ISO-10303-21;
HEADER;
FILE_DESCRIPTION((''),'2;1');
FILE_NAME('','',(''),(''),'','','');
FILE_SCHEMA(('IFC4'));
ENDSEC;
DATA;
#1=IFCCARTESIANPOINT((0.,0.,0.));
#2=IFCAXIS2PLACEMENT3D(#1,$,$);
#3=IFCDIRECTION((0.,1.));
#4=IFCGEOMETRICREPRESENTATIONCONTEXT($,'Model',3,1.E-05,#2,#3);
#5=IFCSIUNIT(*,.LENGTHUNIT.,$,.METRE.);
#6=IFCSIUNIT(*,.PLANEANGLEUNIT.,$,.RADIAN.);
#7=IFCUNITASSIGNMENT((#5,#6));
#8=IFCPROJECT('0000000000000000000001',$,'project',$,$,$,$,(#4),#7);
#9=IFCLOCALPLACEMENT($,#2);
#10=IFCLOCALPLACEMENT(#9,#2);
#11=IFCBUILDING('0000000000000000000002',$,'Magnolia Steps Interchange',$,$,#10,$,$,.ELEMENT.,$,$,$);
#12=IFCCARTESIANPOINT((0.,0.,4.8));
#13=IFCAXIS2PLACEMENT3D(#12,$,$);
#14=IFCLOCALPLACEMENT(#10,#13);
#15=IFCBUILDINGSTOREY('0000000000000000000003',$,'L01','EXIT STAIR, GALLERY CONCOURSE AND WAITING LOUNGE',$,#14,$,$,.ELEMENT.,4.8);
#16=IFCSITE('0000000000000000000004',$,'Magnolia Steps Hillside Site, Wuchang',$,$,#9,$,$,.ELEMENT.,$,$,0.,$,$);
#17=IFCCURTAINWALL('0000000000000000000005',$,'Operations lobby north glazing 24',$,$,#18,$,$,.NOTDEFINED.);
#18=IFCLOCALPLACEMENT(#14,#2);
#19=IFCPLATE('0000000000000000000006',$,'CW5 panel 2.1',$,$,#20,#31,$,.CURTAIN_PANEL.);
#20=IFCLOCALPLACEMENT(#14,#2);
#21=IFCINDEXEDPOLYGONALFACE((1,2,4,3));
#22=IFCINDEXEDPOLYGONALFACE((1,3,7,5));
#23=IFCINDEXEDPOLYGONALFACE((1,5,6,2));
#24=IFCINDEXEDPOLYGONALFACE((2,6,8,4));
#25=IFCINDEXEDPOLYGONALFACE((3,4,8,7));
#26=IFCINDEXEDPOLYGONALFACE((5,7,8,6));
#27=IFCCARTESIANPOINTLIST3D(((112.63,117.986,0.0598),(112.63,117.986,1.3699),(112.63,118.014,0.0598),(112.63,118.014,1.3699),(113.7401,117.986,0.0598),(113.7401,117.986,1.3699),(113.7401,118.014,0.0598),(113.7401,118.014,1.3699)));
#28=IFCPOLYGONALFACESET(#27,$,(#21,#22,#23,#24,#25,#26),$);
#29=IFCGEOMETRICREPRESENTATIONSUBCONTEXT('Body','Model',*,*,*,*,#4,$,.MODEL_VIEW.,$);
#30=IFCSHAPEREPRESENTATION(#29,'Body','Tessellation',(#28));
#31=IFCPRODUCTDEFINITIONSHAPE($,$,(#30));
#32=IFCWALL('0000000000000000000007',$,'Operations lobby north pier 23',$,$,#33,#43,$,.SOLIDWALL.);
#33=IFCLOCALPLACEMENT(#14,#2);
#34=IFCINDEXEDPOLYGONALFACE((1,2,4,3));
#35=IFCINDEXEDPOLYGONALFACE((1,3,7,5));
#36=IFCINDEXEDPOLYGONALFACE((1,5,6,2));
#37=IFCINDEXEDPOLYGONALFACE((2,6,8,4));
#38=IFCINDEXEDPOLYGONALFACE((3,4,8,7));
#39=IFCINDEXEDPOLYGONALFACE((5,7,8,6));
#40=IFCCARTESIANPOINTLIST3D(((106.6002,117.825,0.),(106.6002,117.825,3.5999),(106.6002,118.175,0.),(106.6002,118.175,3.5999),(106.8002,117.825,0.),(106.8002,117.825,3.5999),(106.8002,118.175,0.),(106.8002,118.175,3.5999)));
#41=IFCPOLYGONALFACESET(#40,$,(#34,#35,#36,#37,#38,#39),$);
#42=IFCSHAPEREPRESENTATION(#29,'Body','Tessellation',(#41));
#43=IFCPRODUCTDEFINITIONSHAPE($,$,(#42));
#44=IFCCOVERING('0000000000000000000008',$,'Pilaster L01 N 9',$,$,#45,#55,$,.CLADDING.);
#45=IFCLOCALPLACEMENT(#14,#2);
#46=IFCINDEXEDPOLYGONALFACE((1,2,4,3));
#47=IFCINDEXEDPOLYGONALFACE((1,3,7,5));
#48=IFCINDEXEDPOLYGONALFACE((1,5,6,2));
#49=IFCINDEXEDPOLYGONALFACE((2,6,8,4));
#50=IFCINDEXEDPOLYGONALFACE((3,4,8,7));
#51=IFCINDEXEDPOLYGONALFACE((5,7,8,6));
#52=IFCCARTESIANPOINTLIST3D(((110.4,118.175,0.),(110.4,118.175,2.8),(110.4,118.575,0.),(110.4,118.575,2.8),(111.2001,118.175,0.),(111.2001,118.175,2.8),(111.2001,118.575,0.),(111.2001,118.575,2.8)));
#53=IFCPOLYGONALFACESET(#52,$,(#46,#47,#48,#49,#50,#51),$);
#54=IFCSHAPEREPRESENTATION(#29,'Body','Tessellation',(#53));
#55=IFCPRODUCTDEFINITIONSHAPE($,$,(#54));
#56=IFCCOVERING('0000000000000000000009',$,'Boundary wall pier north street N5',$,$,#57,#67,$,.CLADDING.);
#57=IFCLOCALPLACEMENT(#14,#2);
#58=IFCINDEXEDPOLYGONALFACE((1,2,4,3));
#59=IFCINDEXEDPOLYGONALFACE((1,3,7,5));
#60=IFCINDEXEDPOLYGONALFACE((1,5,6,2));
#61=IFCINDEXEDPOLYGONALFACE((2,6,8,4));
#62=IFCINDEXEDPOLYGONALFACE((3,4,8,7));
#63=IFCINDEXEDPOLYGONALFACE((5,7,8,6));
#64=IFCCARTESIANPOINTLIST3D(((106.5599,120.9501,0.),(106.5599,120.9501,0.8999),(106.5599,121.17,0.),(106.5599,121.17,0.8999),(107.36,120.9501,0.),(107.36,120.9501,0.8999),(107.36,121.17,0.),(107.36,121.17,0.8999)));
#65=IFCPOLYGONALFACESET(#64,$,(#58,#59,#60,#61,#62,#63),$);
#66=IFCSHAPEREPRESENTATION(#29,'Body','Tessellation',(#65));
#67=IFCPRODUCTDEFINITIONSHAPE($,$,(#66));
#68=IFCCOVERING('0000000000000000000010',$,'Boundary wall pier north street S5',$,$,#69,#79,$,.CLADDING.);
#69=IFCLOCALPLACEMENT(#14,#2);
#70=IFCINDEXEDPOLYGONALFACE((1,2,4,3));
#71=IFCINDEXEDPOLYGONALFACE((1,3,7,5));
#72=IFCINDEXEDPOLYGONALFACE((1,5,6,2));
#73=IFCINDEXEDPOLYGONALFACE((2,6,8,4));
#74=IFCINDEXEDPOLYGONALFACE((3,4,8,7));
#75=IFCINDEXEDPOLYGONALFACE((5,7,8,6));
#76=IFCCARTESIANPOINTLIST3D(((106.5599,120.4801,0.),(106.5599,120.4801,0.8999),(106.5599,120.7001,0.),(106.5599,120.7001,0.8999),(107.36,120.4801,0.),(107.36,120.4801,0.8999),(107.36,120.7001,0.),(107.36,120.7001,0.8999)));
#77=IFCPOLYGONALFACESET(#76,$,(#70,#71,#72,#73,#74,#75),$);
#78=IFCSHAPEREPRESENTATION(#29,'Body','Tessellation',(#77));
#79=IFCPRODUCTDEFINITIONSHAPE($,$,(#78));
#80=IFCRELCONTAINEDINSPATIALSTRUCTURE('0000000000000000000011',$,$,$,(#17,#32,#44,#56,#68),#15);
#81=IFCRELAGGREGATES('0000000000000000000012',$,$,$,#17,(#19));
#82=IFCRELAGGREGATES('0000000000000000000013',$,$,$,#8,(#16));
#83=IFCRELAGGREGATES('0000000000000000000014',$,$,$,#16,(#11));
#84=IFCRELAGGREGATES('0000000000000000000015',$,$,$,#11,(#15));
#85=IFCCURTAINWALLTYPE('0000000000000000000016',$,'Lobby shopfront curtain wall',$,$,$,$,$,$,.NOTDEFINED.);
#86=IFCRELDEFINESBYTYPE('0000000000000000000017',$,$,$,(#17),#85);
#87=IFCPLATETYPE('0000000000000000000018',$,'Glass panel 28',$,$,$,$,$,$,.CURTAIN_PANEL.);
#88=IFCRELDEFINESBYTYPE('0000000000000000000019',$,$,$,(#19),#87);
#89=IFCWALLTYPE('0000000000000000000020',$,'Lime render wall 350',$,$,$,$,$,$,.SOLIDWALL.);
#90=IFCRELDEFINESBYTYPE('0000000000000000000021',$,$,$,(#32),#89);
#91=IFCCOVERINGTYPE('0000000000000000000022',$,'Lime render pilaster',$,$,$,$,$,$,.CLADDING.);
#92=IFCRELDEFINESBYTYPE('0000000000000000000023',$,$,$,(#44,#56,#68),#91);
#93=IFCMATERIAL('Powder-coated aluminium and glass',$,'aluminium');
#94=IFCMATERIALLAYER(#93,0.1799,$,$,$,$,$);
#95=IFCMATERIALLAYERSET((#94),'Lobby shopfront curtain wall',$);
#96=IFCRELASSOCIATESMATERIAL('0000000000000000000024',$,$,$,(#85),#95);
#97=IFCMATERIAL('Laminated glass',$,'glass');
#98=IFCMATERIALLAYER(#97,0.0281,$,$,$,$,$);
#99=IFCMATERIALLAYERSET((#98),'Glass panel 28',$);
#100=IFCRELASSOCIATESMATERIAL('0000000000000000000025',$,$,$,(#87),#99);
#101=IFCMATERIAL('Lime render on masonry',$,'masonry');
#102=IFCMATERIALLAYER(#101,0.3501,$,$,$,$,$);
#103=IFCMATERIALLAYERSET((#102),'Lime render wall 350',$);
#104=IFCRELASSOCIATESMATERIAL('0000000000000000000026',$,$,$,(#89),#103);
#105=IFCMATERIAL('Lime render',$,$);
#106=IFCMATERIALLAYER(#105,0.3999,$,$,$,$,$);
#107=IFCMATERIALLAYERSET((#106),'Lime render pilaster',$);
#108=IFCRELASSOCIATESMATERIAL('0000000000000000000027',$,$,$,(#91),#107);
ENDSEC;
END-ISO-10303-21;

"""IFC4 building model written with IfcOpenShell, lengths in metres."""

from ifc_helpers import new_model, si_unit, direction, frame, frame_2d, origin, origin_2d, place, context, subcontext, project, spatial, rectangle, extrude, material, layer, layer_set, type_object, element, aggregate, save


model = new_model("IFC4")

# Units and contexts
model_context = context("Model", 3, precision=1e-05, world=origin(), true_north=direction((0.0, 1.0)))
body_context = subcontext(model_context, "Body", "Model", "MODEL_VIEW")
ifc_project = project(units=[si_unit("LENGTHUNIT", "METRE"), si_unit("PLANEANGLEUNIT", "RADIAN")], contexts=[model_context])

# Site, building, storey
site_placement = place(None, origin())
site = spatial("IfcSite", under=ifc_project, at=site_placement, Name="Magnolia Steps Hillside Site, Wuchang", CompositionType="ELEMENT", RefElevation=0.0)
building_placement = place(site_placement, origin())
building = spatial("IfcBuilding", under=site, at=building_placement, Name="Magnolia Steps Interchange", CompositionType="ELEMENT")
storey_placement = place(building_placement, frame((0.0, 0.0, 4.8)))
storey = spatial("IfcBuildingStorey", under=building, at=storey_placement, Name="L01", Description="EXIT STAIR, GALLERY CONCOURSE AND WAITING LOUNGE", CompositionType="ELEMENT", Elevation=4.8)

# Shared definitions
ifc_material_1 = material(Name="Powder-coated aluminium and glass", Category="aluminium")
ifc_layer_1 = layer(ifc_material_1, 0.1799)
ifc_layer_set_1 = layer_set([ifc_layer_1], Name="Lobby shopfront curtain wall")
curtain_wall_type = type_object("IfcCurtainWallType", Name="Lobby shopfront curtain wall", PredefinedType="NOTDEFINED", material=ifc_layer_set_1)

# Curtain wall
curtain_wall_1_placement = place(storey_placement, origin())
curtain_wall_1 = element("IfcCurtainWall", 1, at=curtain_wall_1_placement, inside=storey, type_object=curtain_wall_type, Name="Operations lobby north glazing 24", PredefinedType="NOTDEFINED")

# Plate
ifc_material_2 = material(Name="Laminated glass", Category="glass")
ifc_layer_2 = layer(ifc_material_2, 0.0281)
ifc_layer_set_2 = layer_set([ifc_layer_2], Name="Glass panel 28")
plate_type = type_object("IfcPlateType", Name="Glass panel 28", PredefinedType="CURTAIN_PANEL", material=ifc_layer_set_2)
plate_1_placement = place(storey_placement, frame((113.1851, 118.0, 0.0598), z_axis=(0.0, 0.0, 1.0), x_axis=(1.0, 0.0, 0.0)))
plate_1 = element("IfcPlate", 2, at=plate_1_placement, type_object=plate_type, Name="CW5 panel 2.1", PredefinedType="CURTAIN_PANEL", context=body_context, shape_type="SweptSolid", body=[
    extrude(rectangle(XDim=1.1101, YDim=0.0281, at=origin_2d()), origin(), (0.0, 0.0, 1.0), 1.3101),
])
aggregate(curtain_wall_1, [plate_1])

# Wall
ifc_material_3 = material(Name="Lime render on masonry", Category="masonry")
ifc_layer_3 = layer(ifc_material_3, 0.3501)
ifc_layer_set_3 = layer_set([ifc_layer_3], Name="Lime render wall 350")
wall_type = type_object("IfcWallType", Name="Lime render wall 350", PredefinedType="SOLIDWALL", material=ifc_layer_set_3)
wall_1_placement = place(storey_placement, frame((106.6001, 118.0, 0.0), z_axis=(0.0, 0.0, 1.0), x_axis=(1.0, 0.0, 0.0)))
element("IfcWall", 3, at=wall_1_placement, inside=storey, type_object=wall_type, Name="Operations lobby north pier 23", PredefinedType="SOLIDWALL", context=body_context, shape_type="SweptSolid", body=[
    extrude(rectangle(XDim=0.2, YDim=0.3501, at=frame_2d((0.1001, 0.0))), origin(), (0.0, 0.0, 1.0), 3.5999),
])

# Coverings
ifc_material_4 = material(Name="Lime render")
ifc_layer_4 = layer(ifc_material_4, 0.3999)
ifc_layer_set_4 = layer_set([ifc_layer_4], Name="Lime render pilaster")
covering_type_1 = type_object("IfcCoveringType", Name="Lime render pilaster", PredefinedType="CLADDING", material=ifc_layer_set_4)
covering_1_placement = place(storey_placement, frame((110.8, 118.375, 0.0), z_axis=(0.0, 0.0, 1.0), x_axis=(1.0, 0.0, 0.0)))
element("IfcCovering", 4, at=covering_1_placement, inside=storey, type_object=covering_type_1, Name="Pilaster L01 N 9", PredefinedType="CLADDING", context=body_context, shape_type="SweptSolid", body=[
    extrude(rectangle(XDim=0.8, YDim=0.3999, at=origin_2d()), origin(), (0.0, 0.0, 1.0), 2.8),
])
for number, where, z_axis, x_axis, name in (
    (5, (106.96, 121.0601, 0.0), (0.0, 0.0, 1.0), (1.0, 0.0, 0.0), "Boundary wall pier north street N5"),
    (6, (106.96, 120.5901, 0.0), (0.0, 0.0, 1.0), (1.0, 0.0, 0.0), "Boundary wall pier north street S5"),
):
    element("IfcCovering", number, at=place(storey_placement, frame(where, z_axis=z_axis, x_axis=x_axis)), inside=storey, type_object=covering_type_1, Name=name, PredefinedType="CLADDING", context=body_context, shape_type="SweptSolid", body=[
        extrude(rectangle(XDim=0.8, YDim=0.22, at=origin_2d()), origin(), (0.0, 0.0, 1.0), 0.8999),
    ])

save(model, "model.ifc")
